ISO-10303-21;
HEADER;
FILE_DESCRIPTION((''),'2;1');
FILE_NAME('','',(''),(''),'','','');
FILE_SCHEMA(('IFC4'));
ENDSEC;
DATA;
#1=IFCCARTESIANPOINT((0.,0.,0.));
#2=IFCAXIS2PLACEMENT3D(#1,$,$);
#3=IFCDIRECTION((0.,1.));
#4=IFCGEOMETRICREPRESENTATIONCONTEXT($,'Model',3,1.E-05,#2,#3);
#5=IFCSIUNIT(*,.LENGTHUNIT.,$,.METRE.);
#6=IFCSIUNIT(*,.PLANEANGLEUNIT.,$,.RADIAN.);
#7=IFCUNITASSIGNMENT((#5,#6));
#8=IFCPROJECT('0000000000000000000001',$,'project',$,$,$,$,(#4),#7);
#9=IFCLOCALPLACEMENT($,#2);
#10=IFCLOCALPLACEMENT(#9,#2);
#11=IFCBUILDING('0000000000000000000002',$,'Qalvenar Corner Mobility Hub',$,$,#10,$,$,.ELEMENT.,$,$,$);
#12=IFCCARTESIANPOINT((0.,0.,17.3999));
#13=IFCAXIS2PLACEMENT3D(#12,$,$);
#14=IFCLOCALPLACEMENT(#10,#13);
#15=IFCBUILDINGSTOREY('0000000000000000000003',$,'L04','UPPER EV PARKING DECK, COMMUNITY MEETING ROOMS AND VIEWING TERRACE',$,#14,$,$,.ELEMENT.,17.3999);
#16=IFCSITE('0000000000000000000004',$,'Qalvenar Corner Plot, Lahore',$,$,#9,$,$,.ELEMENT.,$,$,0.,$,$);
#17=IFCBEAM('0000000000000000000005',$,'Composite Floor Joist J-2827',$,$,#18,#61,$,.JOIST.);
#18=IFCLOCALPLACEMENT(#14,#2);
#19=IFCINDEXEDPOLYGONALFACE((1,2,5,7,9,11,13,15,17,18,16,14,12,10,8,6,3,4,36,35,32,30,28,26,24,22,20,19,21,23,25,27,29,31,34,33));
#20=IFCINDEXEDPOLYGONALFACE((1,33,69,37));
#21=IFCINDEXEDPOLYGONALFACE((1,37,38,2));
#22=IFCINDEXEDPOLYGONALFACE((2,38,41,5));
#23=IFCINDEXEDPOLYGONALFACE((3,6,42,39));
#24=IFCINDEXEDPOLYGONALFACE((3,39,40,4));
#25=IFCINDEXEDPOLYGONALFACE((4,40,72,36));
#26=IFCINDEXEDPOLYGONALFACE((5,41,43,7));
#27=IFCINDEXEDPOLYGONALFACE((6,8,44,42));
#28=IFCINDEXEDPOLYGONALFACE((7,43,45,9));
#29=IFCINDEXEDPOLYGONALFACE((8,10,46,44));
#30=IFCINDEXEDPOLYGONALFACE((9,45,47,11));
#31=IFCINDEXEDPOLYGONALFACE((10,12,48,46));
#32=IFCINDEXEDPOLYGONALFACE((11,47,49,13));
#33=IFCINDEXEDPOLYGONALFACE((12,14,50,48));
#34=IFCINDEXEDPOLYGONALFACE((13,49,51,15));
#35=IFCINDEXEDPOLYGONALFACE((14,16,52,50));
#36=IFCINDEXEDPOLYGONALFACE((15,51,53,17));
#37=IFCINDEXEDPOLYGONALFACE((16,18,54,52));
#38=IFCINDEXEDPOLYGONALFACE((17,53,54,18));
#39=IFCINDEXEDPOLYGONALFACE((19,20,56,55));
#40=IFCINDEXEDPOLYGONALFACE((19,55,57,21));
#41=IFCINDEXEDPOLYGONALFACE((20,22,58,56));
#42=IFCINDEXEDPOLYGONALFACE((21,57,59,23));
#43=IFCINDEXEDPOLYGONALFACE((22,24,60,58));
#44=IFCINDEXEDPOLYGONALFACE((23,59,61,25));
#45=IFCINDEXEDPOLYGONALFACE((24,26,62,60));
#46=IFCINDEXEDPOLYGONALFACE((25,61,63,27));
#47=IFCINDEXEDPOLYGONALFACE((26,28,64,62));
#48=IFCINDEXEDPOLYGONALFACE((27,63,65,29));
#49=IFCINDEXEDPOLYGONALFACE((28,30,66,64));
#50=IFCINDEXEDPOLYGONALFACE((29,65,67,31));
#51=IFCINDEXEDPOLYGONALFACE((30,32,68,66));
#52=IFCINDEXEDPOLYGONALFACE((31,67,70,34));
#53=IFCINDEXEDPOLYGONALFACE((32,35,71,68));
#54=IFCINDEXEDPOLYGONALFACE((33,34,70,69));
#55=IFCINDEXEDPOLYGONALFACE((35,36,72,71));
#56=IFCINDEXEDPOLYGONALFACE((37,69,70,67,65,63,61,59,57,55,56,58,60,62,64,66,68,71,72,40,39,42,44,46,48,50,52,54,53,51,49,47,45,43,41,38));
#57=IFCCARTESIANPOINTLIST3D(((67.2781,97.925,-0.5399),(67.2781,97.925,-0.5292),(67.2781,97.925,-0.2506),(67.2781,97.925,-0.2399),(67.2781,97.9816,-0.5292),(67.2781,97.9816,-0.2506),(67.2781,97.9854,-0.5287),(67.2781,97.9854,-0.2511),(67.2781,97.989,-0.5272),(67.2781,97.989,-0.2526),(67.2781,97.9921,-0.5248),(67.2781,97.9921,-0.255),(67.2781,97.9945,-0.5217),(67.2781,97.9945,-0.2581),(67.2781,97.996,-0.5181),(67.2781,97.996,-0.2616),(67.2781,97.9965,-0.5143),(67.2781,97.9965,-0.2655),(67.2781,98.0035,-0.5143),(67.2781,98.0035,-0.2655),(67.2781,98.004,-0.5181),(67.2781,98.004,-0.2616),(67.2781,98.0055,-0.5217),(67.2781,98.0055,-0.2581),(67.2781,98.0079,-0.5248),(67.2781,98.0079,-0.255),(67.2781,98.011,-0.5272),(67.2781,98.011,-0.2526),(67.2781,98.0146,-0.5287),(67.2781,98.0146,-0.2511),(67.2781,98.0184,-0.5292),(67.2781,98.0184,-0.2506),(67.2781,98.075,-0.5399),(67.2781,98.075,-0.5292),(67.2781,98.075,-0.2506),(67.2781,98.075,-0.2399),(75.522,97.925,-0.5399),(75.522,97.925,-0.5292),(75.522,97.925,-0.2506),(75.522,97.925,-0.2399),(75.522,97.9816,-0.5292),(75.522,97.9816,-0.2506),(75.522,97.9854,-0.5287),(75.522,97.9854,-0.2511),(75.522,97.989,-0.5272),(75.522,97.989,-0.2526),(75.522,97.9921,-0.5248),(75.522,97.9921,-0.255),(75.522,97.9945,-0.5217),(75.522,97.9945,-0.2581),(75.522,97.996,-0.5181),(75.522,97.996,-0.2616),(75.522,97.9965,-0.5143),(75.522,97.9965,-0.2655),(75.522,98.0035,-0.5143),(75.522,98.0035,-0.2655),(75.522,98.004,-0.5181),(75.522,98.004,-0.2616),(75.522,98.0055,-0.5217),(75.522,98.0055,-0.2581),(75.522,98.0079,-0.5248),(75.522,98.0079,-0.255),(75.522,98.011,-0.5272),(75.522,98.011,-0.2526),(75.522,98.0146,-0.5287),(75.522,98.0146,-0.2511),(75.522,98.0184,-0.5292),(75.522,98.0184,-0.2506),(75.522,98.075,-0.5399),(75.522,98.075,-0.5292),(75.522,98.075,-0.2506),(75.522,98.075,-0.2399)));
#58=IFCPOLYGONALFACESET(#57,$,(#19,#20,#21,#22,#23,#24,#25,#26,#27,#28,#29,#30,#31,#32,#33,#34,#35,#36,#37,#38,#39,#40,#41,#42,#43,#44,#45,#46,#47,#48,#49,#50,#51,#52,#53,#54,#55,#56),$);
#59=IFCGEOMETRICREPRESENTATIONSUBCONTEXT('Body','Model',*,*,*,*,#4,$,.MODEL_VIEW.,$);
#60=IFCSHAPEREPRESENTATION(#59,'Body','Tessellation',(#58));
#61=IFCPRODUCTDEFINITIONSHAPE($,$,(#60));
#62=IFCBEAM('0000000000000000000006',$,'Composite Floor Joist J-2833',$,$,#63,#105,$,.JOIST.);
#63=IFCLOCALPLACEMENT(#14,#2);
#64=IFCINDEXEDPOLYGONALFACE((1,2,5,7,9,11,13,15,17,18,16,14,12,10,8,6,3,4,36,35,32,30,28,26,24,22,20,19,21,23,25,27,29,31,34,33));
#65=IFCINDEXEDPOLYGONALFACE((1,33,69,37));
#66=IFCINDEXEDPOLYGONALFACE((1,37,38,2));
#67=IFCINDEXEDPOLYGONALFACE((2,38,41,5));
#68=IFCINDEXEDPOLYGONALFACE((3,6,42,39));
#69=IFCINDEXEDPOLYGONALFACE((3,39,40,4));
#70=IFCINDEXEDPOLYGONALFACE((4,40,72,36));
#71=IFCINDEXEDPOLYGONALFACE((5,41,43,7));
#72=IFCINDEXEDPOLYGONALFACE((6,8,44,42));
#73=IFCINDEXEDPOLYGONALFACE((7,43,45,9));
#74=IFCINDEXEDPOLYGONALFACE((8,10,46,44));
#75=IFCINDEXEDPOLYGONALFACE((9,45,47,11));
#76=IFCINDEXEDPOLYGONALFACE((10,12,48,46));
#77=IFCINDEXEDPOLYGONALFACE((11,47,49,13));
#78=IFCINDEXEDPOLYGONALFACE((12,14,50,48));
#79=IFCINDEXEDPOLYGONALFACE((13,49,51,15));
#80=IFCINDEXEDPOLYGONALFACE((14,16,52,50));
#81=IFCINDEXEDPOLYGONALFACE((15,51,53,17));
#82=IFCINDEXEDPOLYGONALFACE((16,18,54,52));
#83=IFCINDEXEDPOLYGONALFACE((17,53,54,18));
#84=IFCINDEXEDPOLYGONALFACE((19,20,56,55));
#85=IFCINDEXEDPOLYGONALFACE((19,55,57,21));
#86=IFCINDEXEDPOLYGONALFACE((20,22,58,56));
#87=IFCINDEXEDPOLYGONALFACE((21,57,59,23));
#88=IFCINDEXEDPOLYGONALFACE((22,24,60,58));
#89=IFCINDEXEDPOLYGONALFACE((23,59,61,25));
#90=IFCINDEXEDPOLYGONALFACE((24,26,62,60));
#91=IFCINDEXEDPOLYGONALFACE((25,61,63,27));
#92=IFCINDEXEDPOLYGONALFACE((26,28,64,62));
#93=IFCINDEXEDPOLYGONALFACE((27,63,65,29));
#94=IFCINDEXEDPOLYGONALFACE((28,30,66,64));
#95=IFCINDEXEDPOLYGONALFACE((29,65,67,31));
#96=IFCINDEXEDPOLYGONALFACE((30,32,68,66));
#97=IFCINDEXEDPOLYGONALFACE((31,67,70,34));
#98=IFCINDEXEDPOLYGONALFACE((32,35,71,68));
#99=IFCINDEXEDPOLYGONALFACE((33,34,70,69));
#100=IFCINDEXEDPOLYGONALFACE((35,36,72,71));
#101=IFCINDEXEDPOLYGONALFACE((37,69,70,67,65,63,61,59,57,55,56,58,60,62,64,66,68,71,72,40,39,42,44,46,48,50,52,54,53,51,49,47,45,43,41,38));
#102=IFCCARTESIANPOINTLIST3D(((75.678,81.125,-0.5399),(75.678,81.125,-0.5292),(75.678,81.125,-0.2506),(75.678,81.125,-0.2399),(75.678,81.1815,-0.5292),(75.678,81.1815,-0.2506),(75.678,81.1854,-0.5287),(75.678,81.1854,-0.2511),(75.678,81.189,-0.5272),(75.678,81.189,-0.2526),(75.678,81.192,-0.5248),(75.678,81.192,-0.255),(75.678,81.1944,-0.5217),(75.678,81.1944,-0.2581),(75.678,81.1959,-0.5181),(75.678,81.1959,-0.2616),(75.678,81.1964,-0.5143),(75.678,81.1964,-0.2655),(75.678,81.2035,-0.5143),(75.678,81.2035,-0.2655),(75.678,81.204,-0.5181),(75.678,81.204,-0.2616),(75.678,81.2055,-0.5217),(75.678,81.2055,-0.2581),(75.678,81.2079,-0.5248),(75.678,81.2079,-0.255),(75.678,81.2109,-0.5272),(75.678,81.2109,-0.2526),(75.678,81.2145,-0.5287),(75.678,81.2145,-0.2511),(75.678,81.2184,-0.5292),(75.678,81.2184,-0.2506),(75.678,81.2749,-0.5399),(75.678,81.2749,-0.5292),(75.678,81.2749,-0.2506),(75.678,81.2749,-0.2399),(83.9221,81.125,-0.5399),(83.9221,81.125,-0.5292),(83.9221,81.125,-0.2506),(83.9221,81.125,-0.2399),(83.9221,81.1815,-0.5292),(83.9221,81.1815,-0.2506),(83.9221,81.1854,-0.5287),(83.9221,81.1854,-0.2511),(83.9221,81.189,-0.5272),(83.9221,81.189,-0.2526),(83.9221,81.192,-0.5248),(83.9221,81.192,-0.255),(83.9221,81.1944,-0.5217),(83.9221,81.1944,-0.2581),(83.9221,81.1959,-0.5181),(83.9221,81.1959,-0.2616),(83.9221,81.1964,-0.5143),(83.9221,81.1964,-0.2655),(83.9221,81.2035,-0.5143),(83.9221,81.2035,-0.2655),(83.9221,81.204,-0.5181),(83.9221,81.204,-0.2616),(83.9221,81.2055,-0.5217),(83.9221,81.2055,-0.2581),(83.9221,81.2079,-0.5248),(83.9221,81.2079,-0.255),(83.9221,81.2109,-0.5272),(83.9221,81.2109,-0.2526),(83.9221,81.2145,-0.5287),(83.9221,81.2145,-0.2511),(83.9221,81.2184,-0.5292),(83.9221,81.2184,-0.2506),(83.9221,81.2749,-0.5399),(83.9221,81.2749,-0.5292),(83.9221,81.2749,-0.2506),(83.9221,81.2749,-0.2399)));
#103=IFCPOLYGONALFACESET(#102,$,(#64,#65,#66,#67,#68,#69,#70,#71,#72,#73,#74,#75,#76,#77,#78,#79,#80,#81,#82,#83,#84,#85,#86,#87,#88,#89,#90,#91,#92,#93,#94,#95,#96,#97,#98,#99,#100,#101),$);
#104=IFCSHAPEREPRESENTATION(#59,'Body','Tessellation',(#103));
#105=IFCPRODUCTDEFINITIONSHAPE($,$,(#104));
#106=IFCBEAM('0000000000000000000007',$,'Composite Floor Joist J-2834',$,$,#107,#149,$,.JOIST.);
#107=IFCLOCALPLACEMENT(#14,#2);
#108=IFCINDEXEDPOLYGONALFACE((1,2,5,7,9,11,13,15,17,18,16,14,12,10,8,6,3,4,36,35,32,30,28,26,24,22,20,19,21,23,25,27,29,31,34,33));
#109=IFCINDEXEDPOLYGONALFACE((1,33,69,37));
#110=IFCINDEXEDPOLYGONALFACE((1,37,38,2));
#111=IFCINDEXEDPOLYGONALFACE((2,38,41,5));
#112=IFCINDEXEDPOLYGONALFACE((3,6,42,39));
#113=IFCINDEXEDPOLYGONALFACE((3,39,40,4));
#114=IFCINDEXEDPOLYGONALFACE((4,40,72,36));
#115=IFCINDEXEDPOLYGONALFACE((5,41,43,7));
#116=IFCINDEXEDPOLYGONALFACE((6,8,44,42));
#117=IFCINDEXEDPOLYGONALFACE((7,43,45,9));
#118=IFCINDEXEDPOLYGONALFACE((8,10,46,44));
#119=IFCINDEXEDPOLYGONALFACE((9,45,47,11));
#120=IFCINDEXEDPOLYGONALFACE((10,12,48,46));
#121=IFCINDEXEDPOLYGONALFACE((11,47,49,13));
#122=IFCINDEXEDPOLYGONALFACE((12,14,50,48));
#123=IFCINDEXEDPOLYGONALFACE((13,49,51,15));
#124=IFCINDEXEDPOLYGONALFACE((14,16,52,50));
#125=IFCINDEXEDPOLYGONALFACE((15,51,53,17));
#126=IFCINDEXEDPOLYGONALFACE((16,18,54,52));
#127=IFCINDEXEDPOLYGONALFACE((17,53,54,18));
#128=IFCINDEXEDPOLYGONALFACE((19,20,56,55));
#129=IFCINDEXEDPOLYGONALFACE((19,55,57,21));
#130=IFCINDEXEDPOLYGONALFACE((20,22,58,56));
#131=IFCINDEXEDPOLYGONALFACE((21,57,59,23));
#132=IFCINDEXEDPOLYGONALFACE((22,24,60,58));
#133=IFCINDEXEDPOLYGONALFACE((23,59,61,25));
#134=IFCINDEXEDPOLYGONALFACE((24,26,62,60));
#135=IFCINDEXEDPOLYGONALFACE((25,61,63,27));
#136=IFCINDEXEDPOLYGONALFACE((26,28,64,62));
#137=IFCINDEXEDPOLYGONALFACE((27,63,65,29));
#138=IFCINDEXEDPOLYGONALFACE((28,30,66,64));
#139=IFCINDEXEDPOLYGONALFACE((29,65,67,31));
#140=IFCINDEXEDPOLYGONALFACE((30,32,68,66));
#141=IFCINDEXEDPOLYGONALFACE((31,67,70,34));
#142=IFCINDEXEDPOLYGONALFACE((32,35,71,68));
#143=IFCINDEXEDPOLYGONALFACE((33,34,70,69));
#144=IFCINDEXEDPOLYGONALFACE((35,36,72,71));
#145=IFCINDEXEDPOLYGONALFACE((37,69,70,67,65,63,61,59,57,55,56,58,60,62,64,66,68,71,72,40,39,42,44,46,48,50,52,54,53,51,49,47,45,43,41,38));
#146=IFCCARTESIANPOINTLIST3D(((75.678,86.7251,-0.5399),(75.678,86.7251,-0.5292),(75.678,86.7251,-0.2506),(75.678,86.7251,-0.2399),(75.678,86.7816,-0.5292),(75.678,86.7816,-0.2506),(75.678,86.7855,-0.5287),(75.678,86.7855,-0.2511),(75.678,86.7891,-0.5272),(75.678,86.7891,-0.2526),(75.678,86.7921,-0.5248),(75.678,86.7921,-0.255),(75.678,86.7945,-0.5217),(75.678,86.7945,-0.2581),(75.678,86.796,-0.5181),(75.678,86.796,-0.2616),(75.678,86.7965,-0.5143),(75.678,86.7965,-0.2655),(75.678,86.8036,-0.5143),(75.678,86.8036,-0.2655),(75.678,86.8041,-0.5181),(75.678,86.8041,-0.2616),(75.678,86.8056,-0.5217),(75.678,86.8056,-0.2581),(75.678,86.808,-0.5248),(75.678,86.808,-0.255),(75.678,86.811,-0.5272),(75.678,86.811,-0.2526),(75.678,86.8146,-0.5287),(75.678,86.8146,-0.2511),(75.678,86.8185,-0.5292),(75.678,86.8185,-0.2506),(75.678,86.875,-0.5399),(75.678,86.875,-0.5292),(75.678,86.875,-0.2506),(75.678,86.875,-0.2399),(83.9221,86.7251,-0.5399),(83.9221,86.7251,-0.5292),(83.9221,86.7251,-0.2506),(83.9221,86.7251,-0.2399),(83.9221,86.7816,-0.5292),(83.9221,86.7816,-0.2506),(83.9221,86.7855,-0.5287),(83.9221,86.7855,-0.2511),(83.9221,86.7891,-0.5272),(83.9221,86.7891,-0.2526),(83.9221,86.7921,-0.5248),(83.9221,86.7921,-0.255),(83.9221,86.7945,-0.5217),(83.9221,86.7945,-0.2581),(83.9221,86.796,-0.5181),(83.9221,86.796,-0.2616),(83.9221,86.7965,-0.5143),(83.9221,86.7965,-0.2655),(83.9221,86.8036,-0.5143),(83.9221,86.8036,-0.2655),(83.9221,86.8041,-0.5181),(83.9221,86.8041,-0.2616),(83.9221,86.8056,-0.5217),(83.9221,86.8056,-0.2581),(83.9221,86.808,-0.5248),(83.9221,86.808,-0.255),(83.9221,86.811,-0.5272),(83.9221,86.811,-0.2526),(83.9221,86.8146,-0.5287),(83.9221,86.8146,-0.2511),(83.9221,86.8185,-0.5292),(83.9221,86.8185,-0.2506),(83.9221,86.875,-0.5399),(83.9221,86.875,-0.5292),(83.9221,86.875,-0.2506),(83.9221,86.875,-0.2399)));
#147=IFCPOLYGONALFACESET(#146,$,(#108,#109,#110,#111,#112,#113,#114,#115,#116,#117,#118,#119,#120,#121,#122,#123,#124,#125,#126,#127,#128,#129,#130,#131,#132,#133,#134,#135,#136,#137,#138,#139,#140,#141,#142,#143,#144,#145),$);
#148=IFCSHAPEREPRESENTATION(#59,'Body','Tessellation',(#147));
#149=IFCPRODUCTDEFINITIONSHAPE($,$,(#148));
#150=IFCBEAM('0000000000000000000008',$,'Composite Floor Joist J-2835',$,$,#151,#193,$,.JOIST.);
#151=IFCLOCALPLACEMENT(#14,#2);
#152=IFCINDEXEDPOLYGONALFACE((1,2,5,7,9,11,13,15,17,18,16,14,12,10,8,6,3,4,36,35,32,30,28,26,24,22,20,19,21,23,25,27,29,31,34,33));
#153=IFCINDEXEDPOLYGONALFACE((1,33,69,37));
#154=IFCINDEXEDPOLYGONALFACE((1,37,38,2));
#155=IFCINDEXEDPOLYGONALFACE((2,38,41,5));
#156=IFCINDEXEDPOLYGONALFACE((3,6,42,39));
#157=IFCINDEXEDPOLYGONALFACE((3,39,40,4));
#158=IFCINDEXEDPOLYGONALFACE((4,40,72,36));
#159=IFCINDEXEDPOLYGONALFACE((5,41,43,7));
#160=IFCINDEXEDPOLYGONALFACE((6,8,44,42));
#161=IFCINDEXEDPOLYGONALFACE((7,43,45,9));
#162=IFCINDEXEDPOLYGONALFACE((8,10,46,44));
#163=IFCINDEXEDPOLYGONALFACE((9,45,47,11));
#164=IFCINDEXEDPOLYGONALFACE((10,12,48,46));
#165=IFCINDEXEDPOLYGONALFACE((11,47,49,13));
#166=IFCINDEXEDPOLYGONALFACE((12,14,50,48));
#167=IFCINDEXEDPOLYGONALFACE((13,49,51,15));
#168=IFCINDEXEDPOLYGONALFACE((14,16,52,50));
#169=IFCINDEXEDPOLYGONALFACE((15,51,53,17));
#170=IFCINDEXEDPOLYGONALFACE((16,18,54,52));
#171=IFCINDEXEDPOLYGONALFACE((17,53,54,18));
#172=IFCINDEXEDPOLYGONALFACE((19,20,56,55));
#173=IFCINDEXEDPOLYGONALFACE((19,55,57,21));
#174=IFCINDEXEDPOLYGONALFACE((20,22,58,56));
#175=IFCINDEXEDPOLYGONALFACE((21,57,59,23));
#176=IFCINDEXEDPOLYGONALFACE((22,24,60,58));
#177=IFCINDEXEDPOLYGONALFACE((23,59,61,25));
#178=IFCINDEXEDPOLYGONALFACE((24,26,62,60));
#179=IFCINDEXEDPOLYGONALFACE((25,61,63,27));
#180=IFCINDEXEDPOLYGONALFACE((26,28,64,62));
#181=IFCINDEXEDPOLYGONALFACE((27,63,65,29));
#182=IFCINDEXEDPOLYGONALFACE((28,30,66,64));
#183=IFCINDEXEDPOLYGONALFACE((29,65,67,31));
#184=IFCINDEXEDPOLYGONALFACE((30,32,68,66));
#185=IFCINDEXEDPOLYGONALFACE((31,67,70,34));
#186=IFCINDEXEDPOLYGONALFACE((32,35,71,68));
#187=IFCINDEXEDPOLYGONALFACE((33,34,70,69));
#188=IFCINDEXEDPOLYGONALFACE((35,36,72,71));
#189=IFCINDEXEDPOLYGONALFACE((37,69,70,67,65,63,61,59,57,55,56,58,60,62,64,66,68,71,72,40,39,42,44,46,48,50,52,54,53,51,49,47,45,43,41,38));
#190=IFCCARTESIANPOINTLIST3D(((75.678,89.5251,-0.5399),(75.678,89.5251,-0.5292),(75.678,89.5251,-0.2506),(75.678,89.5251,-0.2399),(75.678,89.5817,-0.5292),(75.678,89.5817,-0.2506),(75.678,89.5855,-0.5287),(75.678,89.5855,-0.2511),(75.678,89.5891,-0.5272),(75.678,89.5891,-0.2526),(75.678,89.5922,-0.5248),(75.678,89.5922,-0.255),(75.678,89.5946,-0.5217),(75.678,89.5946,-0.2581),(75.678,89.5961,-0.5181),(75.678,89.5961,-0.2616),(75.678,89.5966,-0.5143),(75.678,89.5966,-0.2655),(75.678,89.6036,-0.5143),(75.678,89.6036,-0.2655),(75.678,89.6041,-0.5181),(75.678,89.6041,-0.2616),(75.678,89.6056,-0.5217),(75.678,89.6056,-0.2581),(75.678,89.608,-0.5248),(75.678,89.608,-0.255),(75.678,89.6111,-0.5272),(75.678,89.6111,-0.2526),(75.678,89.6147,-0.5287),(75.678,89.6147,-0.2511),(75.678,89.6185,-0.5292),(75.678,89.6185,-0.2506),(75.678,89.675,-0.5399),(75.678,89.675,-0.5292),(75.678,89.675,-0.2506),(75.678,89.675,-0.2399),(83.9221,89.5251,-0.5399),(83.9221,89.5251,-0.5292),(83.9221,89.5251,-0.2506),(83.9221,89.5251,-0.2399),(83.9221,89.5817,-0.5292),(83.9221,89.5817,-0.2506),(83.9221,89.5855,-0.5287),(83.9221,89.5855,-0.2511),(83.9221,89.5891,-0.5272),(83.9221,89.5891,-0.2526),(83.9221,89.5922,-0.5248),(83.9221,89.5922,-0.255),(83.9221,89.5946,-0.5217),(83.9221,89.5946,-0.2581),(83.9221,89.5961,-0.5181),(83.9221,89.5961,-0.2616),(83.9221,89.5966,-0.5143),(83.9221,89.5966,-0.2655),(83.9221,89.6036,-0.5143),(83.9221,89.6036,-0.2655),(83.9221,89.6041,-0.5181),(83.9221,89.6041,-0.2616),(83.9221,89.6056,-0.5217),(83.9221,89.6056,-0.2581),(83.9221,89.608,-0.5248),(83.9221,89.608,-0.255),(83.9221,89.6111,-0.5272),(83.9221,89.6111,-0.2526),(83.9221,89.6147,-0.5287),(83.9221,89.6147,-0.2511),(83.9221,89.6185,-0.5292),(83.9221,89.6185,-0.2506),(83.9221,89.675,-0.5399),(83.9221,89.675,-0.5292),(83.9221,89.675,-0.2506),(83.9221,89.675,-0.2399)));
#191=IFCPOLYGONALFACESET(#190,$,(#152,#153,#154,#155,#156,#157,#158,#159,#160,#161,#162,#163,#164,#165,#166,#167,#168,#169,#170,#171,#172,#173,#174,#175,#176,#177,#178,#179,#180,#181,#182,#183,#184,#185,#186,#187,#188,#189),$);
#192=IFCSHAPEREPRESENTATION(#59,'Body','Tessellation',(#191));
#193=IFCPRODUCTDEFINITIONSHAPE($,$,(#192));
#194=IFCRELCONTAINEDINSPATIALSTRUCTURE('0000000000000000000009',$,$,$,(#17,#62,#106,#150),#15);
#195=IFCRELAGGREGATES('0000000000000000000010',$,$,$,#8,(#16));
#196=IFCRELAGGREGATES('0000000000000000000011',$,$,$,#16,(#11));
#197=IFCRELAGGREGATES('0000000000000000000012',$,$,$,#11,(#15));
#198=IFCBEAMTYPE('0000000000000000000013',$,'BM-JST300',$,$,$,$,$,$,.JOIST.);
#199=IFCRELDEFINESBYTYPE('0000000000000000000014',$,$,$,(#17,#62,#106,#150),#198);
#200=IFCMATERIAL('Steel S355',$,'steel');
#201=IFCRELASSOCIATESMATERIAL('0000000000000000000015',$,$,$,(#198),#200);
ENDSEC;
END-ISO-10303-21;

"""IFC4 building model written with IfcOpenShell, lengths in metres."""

from ifc_helpers import new_model, si_unit, direction, frame, origin, origin_2d, place, context, subcontext, project, spatial, i_section, extrude, material, material_profile, profile_set, type_object, element, save


model = new_model("IFC4")

# Units and contexts
model_context = context("Model", 3, precision=1e-05, world=origin(), true_north=direction((0.0, 1.0)))
body_context = subcontext(model_context, "Body", "Model", "MODEL_VIEW")
ifc_project = project(units=[si_unit("LENGTHUNIT", "METRE"), si_unit("PLANEANGLEUNIT", "RADIAN")], contexts=[model_context])

# Site, building, storey
site_placement = place(None, origin())
site = spatial("IfcSite", under=ifc_project, at=site_placement, Name="Qalvenar Corner Plot, Lahore", CompositionType="ELEMENT", RefElevation=0.0)
building_placement = place(site_placement, origin())
building = spatial("IfcBuilding", under=site, at=building_placement, Name="Qalvenar Corner Mobility Hub", CompositionType="ELEMENT")
storey_placement = place(building_placement, frame((0.0, 0.0, 17.3999)))
storey = spatial("IfcBuildingStorey", under=building, at=storey_placement, Name="L04", Description="UPPER EV PARKING DECK, COMMUNITY MEETING ROOMS AND VIEWING TERRACE", CompositionType="ELEMENT", Elevation=17.3999)

# Shared definitions
ifc_material_1 = material(Name="Steel S355", Category="steel")

# Beams
ifc_material_profile_1 = material_profile(ifc_material_1, i_section(OverallWidth=0.1499, OverallDepth=0.3, WebThickness=0.0071, FlangeThickness=0.0107, FilletRadius=0.0149, at=origin_2d()), Name="IPE300")
ifc_profile_set_1 = profile_set([ifc_material_profile_1], Name="Steel S355")
beam_type_1 = type_object("IfcBeamType", Name="BM-JST300", PredefinedType="JOIST", material=ifc_profile_set_1)
for number, where, z_axis, x_axis, name in (
    (1, (67.2781, 98.0, -0.3899), (1.0, 0.0, 0.0), (0.0, 1.0, 0.0), "Composite Floor Joist J-2827"),
):
    element("IfcBeam", number, at=place(storey_placement, frame(where, z_axis=z_axis, x_axis=x_axis)), inside=storey, type_object=beam_type_1, Name=name, PredefinedType="JOIST", context=body_context, shape_type="SweptSolid", body=[
        extrude(i_section(OverallWidth=0.1499, OverallDepth=0.3, WebThickness=0.0071, FlangeThickness=0.0107, FilletRadius=0.0149, at=origin_2d()), origin(), (0.0, 0.0, 1.0), 8.2439),
    ])
for number, where, z_axis, x_axis, name in (
    (2, (75.678, 81.2, -0.3899), (1.0, 0.0, 0.0), (0.0, 1.0, 0.0), "Composite Floor Joist J-2833"),
    (3, (75.678, 86.8, -0.3899), (1.0, 0.0, 0.0), (0.0, 1.0, 0.0), "Composite Floor Joist J-2834"),
    (4, (75.678, 89.6001, -0.3899), (1.0, 0.0, 0.0), (0.0, 1.0, 0.0), "Composite Floor Joist J-2835"),
):
    element("IfcBeam", number, at=place(storey_placement, frame(where, z_axis=z_axis, x_axis=x_axis)), inside=storey, type_object=beam_type_1, Name=name, PredefinedType="JOIST", context=body_context, shape_type="SweptSolid", body=[
        extrude(i_section(OverallWidth=0.1499, OverallDepth=0.3, WebThickness=0.0071, FlangeThickness=0.0107, FilletRadius=0.0149, at=origin_2d()), origin(), (0.0, 0.0, 1.0), 8.2441),
    ])

save(model, "model.ifc")
